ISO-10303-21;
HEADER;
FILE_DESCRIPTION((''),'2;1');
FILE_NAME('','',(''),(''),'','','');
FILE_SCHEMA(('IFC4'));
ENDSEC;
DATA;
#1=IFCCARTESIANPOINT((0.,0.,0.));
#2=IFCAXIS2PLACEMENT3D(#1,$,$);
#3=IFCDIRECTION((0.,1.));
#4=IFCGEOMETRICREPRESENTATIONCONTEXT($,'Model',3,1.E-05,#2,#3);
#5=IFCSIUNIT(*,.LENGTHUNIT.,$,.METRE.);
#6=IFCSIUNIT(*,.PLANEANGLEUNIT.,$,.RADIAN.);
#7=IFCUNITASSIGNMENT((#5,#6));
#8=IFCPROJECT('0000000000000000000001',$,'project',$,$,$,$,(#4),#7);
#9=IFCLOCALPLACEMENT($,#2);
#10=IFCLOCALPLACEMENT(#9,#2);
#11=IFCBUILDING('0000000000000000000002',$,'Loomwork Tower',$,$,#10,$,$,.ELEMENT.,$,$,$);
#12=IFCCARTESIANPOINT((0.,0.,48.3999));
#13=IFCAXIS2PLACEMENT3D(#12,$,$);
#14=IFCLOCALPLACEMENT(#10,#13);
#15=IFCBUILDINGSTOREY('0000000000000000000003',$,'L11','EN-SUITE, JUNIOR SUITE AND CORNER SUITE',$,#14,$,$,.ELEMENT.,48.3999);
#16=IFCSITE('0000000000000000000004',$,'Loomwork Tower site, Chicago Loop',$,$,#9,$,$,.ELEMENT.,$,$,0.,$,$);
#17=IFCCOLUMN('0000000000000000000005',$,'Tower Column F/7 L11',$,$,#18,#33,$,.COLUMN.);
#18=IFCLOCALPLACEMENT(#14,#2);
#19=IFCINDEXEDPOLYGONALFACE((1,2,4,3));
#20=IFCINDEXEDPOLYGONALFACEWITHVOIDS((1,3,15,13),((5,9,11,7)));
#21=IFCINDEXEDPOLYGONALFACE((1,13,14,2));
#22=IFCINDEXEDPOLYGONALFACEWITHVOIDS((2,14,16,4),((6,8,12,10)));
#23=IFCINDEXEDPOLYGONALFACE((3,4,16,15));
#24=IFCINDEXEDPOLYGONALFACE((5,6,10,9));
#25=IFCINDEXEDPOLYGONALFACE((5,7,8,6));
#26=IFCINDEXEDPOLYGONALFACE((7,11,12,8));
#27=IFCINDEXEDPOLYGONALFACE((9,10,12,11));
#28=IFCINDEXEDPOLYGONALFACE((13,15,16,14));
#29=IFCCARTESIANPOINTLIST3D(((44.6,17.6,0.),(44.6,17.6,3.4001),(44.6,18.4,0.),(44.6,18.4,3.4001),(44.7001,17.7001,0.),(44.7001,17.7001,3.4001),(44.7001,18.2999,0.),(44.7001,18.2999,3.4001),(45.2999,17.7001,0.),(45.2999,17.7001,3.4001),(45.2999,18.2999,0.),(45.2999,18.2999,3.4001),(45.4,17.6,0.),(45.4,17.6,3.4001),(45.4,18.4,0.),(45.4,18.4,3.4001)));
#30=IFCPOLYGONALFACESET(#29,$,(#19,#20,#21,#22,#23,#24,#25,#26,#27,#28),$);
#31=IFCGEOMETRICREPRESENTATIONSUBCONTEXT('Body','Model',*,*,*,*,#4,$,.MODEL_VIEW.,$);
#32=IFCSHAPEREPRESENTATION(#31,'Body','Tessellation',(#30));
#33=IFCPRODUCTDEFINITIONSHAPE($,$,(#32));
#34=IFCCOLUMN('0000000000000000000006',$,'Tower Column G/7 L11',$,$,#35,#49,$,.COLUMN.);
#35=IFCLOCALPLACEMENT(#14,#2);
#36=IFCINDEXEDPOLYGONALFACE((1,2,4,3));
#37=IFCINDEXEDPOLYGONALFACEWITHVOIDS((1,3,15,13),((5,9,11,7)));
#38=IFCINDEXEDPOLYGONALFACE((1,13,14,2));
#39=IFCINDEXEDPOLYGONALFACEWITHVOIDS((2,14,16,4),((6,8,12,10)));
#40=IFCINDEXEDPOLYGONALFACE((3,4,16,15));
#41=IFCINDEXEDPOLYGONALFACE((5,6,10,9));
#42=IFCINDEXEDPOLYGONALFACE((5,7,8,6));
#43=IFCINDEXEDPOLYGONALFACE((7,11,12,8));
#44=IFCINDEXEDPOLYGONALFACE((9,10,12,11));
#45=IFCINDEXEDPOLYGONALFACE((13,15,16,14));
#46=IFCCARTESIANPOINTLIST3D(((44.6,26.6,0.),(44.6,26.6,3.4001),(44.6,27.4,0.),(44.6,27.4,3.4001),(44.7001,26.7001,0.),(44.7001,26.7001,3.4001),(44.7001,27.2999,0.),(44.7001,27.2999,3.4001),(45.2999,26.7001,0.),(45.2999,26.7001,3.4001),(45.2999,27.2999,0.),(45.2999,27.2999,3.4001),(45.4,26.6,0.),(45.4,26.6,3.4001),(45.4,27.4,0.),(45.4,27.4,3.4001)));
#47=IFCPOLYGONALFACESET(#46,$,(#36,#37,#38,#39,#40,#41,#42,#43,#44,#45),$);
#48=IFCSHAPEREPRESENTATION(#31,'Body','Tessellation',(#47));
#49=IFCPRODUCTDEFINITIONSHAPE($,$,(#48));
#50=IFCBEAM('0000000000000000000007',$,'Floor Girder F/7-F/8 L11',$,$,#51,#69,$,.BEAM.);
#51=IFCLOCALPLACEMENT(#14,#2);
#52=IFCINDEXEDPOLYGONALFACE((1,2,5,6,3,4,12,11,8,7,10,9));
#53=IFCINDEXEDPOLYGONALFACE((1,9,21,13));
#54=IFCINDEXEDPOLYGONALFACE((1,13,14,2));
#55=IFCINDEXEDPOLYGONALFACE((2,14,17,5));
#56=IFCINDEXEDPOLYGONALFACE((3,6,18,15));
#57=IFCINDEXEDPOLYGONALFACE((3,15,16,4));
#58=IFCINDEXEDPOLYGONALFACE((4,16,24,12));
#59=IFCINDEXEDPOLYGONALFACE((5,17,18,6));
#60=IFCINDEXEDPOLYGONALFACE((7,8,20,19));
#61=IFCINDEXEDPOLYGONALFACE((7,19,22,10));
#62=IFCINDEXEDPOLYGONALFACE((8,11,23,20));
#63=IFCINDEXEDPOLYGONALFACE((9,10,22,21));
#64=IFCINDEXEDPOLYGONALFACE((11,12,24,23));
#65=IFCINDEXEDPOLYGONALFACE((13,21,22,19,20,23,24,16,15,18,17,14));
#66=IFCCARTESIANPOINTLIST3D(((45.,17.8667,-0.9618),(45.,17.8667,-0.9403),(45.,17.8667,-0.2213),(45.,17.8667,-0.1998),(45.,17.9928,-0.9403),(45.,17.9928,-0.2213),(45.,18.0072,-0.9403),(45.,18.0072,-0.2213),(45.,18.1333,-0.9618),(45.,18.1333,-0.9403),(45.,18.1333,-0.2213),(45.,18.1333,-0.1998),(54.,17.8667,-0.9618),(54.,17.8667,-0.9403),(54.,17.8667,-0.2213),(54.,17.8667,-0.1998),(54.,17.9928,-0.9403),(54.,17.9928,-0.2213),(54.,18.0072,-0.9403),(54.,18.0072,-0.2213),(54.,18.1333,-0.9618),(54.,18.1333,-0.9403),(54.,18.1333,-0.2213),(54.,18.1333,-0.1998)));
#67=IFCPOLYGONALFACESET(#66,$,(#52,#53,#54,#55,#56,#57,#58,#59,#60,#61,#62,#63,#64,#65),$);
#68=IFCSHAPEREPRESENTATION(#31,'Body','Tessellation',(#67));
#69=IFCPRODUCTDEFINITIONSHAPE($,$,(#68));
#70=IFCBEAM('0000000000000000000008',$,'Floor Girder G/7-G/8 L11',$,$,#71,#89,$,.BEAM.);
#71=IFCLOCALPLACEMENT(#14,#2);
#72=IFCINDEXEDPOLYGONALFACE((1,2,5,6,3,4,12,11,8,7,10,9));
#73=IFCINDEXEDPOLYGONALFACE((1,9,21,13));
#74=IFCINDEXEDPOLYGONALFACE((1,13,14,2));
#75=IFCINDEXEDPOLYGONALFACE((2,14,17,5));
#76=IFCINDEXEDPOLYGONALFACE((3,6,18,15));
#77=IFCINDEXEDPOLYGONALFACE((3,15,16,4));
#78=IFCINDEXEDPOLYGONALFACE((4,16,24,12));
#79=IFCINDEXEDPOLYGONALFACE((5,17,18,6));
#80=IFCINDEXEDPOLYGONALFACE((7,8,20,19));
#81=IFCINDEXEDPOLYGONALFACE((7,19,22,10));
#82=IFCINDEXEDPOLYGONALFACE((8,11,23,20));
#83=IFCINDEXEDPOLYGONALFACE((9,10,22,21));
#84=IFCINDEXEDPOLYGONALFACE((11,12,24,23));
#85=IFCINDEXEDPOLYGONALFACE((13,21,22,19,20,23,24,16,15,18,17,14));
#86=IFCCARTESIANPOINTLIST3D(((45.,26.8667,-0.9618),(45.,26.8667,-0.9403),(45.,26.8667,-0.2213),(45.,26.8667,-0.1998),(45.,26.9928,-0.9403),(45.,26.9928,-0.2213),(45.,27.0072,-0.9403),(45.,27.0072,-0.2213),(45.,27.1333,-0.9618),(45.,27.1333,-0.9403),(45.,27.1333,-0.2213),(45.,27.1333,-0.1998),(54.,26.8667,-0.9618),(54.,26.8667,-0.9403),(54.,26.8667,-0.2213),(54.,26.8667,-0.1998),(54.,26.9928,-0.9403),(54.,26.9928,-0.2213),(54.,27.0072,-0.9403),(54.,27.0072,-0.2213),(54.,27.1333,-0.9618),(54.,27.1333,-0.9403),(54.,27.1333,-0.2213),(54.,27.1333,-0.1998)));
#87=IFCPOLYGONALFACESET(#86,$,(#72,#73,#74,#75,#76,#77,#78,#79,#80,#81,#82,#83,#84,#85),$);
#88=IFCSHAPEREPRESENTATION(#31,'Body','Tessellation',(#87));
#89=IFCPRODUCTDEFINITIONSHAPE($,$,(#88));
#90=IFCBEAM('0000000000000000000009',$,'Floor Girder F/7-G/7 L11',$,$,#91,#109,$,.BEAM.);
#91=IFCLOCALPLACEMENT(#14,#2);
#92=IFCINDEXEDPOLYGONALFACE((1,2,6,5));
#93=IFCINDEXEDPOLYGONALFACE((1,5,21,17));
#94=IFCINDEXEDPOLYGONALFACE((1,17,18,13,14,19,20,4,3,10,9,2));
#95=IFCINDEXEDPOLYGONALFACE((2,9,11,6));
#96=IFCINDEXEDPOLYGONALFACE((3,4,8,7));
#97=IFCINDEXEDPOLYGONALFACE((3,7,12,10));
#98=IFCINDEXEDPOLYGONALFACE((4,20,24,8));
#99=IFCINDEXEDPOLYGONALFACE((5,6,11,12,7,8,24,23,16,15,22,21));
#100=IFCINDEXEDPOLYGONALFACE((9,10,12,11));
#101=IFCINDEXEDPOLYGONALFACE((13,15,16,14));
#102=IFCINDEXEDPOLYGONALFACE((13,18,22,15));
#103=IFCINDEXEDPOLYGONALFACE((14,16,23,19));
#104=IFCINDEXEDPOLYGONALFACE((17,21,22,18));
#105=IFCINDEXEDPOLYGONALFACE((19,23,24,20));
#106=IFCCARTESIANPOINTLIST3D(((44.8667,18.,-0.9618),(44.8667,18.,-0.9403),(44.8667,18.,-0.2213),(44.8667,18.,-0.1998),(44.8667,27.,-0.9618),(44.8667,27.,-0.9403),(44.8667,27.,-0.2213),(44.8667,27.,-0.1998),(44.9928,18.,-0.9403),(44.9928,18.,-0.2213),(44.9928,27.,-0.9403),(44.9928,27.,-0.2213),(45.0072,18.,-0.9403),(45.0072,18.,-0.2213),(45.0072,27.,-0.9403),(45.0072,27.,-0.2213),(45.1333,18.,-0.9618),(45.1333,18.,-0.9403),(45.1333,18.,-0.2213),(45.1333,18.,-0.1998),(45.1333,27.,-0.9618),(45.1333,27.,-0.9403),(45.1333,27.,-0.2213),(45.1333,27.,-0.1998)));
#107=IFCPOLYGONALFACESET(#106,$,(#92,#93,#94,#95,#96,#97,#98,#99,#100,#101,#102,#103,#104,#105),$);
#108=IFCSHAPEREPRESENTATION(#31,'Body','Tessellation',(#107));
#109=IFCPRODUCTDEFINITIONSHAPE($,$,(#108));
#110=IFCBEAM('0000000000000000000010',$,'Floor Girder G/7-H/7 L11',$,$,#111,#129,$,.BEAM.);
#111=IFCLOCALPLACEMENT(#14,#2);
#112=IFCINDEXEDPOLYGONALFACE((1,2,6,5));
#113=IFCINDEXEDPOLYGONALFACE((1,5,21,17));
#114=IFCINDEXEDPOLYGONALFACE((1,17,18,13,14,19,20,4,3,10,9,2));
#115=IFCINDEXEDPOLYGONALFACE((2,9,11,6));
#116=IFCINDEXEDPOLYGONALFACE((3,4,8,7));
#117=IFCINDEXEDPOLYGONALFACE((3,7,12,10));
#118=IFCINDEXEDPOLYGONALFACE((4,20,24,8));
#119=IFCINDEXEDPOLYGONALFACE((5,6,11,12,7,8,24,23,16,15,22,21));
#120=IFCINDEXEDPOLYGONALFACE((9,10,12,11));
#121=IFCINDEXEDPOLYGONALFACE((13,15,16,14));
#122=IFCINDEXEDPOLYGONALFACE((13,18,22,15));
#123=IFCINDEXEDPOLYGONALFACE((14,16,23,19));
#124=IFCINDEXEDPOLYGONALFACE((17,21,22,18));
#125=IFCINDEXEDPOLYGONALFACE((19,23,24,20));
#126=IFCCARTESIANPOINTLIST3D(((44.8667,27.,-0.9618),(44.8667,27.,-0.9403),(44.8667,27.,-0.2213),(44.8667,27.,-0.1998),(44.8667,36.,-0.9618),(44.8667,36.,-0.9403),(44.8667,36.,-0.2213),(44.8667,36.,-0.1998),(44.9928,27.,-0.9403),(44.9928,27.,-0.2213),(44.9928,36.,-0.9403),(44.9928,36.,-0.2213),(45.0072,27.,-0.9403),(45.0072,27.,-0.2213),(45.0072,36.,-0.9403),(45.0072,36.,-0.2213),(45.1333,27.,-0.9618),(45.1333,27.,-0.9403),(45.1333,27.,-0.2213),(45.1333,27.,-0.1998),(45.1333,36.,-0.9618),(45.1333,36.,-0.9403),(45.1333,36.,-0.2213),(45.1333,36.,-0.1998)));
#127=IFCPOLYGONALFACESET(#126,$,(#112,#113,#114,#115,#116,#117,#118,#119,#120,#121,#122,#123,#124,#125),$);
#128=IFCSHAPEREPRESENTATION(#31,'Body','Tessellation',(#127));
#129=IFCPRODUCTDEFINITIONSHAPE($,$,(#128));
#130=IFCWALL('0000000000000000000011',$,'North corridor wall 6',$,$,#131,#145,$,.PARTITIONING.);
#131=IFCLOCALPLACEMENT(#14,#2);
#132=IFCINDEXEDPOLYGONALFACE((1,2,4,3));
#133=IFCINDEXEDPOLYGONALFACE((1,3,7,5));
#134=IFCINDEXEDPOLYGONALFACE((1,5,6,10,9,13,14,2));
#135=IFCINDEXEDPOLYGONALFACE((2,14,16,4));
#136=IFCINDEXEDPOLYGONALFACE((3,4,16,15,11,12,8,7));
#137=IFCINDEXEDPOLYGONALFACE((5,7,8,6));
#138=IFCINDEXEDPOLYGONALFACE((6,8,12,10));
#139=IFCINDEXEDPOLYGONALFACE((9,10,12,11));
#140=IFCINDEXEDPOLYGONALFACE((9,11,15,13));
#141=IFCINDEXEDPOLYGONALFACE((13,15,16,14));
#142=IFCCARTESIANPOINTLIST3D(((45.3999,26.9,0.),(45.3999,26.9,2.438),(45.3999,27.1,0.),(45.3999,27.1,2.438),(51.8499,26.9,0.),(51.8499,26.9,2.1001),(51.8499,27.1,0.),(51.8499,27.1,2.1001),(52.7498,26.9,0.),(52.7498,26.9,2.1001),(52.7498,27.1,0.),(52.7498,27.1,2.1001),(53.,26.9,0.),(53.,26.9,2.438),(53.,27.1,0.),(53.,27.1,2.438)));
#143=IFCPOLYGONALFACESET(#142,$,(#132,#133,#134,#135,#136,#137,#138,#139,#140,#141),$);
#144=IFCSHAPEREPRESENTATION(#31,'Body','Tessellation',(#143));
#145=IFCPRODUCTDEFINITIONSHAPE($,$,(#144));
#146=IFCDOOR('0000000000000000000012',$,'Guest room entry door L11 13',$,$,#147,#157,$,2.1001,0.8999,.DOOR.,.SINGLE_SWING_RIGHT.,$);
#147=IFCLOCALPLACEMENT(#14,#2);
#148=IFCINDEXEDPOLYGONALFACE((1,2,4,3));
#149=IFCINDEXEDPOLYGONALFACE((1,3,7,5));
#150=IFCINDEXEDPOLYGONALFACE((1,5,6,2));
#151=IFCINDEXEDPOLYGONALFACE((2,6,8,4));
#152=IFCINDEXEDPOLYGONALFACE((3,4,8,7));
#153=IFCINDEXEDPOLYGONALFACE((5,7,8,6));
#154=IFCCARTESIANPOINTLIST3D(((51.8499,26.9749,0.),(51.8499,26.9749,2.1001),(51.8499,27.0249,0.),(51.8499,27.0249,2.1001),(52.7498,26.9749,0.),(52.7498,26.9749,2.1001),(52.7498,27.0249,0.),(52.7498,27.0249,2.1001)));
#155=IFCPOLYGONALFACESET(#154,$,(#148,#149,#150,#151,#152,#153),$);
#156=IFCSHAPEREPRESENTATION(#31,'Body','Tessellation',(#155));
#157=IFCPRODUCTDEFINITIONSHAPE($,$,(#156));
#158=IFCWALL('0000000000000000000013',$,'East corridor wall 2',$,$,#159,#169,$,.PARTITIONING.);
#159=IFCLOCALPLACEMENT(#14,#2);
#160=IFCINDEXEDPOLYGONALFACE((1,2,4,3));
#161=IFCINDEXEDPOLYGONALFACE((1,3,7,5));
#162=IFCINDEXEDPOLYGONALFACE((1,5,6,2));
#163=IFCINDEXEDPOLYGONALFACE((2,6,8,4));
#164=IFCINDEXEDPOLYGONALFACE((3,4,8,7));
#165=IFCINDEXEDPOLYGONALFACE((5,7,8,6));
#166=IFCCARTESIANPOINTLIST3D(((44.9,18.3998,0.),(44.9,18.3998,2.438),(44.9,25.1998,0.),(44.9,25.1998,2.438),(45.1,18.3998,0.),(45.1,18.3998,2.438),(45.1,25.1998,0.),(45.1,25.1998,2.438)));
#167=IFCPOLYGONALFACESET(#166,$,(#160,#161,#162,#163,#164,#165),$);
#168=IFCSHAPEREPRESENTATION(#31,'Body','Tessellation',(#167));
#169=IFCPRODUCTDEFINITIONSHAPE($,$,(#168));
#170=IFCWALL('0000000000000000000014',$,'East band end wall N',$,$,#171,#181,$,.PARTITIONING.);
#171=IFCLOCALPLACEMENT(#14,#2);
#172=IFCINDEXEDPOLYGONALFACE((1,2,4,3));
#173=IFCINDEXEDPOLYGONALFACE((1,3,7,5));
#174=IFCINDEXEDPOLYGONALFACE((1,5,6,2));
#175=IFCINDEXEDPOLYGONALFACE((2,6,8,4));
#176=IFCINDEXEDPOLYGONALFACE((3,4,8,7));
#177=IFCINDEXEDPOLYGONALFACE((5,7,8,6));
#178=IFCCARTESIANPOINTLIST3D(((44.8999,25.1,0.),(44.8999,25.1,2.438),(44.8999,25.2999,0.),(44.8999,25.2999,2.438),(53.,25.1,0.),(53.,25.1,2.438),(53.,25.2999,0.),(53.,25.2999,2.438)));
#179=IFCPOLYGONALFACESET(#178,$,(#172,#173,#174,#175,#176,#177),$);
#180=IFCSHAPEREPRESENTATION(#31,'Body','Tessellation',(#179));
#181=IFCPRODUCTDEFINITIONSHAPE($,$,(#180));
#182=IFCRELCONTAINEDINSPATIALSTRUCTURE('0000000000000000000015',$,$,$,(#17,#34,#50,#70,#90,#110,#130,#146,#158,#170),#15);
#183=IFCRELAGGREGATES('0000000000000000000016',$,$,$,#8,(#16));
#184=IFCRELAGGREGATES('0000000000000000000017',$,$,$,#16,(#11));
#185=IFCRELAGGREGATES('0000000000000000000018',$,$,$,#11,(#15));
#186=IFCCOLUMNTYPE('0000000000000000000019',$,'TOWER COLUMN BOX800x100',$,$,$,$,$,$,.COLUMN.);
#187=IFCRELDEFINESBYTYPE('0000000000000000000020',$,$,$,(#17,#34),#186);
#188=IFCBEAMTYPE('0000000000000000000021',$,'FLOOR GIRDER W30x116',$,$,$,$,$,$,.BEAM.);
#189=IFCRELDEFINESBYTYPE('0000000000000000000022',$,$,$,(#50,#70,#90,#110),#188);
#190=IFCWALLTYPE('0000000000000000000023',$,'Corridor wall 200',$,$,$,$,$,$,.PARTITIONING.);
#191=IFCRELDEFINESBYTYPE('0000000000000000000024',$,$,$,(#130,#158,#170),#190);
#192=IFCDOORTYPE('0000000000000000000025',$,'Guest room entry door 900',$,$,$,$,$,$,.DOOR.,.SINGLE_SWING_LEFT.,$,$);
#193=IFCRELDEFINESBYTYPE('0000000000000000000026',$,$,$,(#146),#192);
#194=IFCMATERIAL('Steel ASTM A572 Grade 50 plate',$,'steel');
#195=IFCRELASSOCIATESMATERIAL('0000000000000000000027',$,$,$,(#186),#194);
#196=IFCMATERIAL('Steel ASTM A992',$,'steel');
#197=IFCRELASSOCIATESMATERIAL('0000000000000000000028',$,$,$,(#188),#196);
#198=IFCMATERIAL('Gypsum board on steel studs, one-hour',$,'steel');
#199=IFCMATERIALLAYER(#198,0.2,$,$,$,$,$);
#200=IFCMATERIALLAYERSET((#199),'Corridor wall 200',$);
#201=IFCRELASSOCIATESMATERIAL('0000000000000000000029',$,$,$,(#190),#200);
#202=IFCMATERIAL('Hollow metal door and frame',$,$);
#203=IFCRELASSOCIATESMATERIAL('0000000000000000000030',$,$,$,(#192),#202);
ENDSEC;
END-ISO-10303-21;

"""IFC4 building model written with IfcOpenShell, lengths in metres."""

from ifc_helpers import new_model, si_unit, direction, frame, frame_2d, origin, origin_2d, place, context, subcontext, project, spatial, rectangle, hollow_rectangle, i_section, extrude, material, layer, layer_set, material_profile, profile_set, type_object, element, fill, save


model = new_model("IFC4")

# Units and contexts
model_context = context("Model", 3, precision=1e-05, world=origin(), true_north=direction((0.0, 1.0)))
body_context = subcontext(model_context, "Body", "Model", "MODEL_VIEW")
ifc_project = project(units=[si_unit("LENGTHUNIT", "METRE"), si_unit("PLANEANGLEUNIT", "RADIAN")], contexts=[model_context])

# Site, building, storey
site_placement = place(None, origin())
site = spatial("IfcSite", under=ifc_project, at=site_placement, Name="Loomwork Tower site, Chicago Loop", CompositionType="ELEMENT", RefElevation=0.0)
building_placement = place(site_placement, origin())
building = spatial("IfcBuilding", under=site, at=building_placement, Name="Loomwork Tower", CompositionType="ELEMENT")
storey_placement = place(building_placement, frame((0.0, 0.0, 48.3999)))
storey = spatial("IfcBuildingStorey", under=building, at=storey_placement, Name="L11", Description="EN-SUITE, JUNIOR SUITE AND CORNER SUITE", CompositionType="ELEMENT", Elevation=48.3999)

# Columns
ifc_material_1 = material(Name="Steel ASTM A572 Grade 50 plate", Category="steel")
ifc_material_profile_1 = material_profile(ifc_material_1, hollow_rectangle(XDim=0.8, YDim=0.8, WallThickness=0.1001, at=origin_2d()), Name="BOX800x100")
ifc_profile_set_1 = profile_set([ifc_material_profile_1], Name="Steel ASTM A572 Grade 50 plate")
column_type = type_object("IfcColumnType", Name="TOWER COLUMN BOX800x100", PredefinedType="COLUMN", material=ifc_profile_set_1)
for number, where, z_axis, x_axis, name in (
    (1, (45.0, 18.0, 0.0), (0.0, 0.0, 1.0), (0.0, 1.0, 0.0), "Tower Column F/7 L11"),
    (2, (45.0, 27.0, 0.0), (0.0, 0.0, 1.0), (0.0, 1.0, 0.0), "Tower Column G/7 L11"),
):
    element("IfcColumn", number, at=place(storey_placement, frame(where, z_axis=z_axis, x_axis=x_axis)), inside=storey, type_object=column_type, Name=name, PredefinedType="COLUMN", context=body_context, shape_type="SweptSolid", body=[
        extrude(hollow_rectangle(XDim=0.8, YDim=0.8, WallThickness=0.1001, at=origin_2d()), origin(), (0.0, 0.0, 1.0), 3.4001),
    ])

# Beams
ifc_material_2 = material(Name="Steel ASTM A992", Category="steel")
ifc_material_profile_2 = material_profile(ifc_material_2, i_section(OverallWidth=0.2666, OverallDepth=0.762, WebThickness=0.0144, FlangeThickness=0.0215, at=origin_2d()), Name="W30x116")
ifc_profile_set_2 = profile_set([ifc_material_profile_2], Name="Steel ASTM A992")
beam_type = type_object("IfcBeamType", Name="FLOOR GIRDER W30x116", PredefinedType="BEAM", material=ifc_profile_set_2)
for number, where, z_axis, x_axis, name in (
    (3, (45.0, 18.0, -0.5808), (1.0, 0.0, 0.0), (0.0, 1.0, 0.0), "Floor Girder F/7-F/8 L11"),
    (4, (45.0, 27.0, -0.5808), (1.0, 0.0, 0.0), (0.0, 1.0, 0.0), "Floor Girder G/7-G/8 L11"),
    (5, (45.0, 18.0, -0.5808), (0.0, 1.0, 0.0), (-1.0, 0.0, 0.0), "Floor Girder F/7-G/7 L11"),
    (6, (45.0, 27.0, -0.5808), (0.0, 1.0, 0.0), (-1.0, 0.0, 0.0), "Floor Girder G/7-H/7 L11"),
):
    element("IfcBeam", number, at=place(storey_placement, frame(where, z_axis=z_axis, x_axis=x_axis)), inside=storey, type_object=beam_type, Name=name, PredefinedType="BEAM", context=body_context, shape_type="SweptSolid", body=[
        extrude(i_section(OverallWidth=0.2666, OverallDepth=0.762, WebThickness=0.0144, FlangeThickness=0.0215, at=origin_2d()), origin(), (0.0, 0.0, 1.0), 9.0),
    ])

# Wall, opening, door
ifc_material_3 = material(Name="Gypsum board on steel studs, one-hour", Category="steel")
ifc_layer_1 = layer(ifc_material_3, 0.2)
ifc_layer_set_1 = layer_set([ifc_layer_1], Name="Corridor wall 200")
wall_type_1 = type_object("IfcWallType", Name="Corridor wall 200", PredefinedType="PARTITIONING", material=ifc_layer_set_1)
wall_1_placement = place(storey_placement, frame((45.3999, 27.0, 0.0), z_axis=(0.0, 0.0, 1.0), x_axis=(1.0, 0.0, 0.0)))
wall_1 = element("IfcWall", 7, at=wall_1_placement, inside=storey, type_object=wall_type_1, Name="North corridor wall 6", PredefinedType="PARTITIONING", context=body_context, shape_type="SweptSolid", body=[
    extrude(rectangle(XDim=7.6001, YDim=0.2, at=frame_2d((3.8, 0.0))), origin(), (0.0, 0.0, 1.0), 2.438),
])
opening_1_placement = place(wall_1_placement, frame((6.45, 0.0, 0.0)))
opening_1 = element("IfcOpeningElement", 8, at=opening_1_placement, cuts=wall_1, PredefinedType="OPENING", context=body_context, shape_type="SweptSolid", body=[
    extrude(rectangle(XDim=0.8999, YDim=2.1001, at=frame_2d((0.45, 1.05))), frame((0.0, 0.1099, 0.0), z_axis=(0.0, -1.0, 0.0), x_axis=(1.0, 0.0, 0.0)), (0.0, 0.0, 1.0), 0.22),
])
ifc_material_4 = material(Name="Hollow metal door and frame")
door_type_1 = type_object("IfcDoorType", Name="Guest room entry door 900", OperationType="SINGLE_SWING_LEFT", PredefinedType="DOOR", material=ifc_material_4)
door_1_placement = place(opening_1_placement, origin())
door_1 = element("IfcDoor", 9, at=door_1_placement, inside=storey, type_object=door_type_1, Name="Guest room entry door L11 13", OperationType="SINGLE_SWING_RIGHT", OverallHeight=2.1001, OverallWidth=0.8999, PredefinedType="DOOR", context=body_context, shape_type="SweptSolid", body=[
    extrude(rectangle(XDim=0.8999, YDim=2.1001, at=frame_2d((0.45, 1.05))), frame((0.0, 0.0249, 0.0), z_axis=(0.0, -1.0, 0.0), x_axis=(1.0, 0.0, 0.0)), (0.0, 0.0, 1.0), 0.05),
])
fill(opening_1, door_1)

# Walls
wall_2_placement = place(storey_placement, frame((45.0, 18.3999, 0.0), z_axis=(0.0, 0.0, 1.0), x_axis=(0.0, 1.0, 0.0)))
element("IfcWall", 10, at=wall_2_placement, inside=storey, type_object=wall_type_1, Name="East corridor wall 2", PredefinedType="PARTITIONING", context=body_context, shape_type="SweptSolid", body=[
    extrude(rectangle(XDim=6.8, YDim=0.2, at=frame_2d((3.3999, 0.0))), origin(), (0.0, 0.0, 1.0), 2.438),
])
wall_3_placement = place(storey_placement, frame((44.8999, 25.2, 0.0), z_axis=(0.0, 0.0, 1.0), x_axis=(1.0, 0.0, 0.0)))
element("IfcWall", 11, at=wall_3_placement, inside=storey, type_object=wall_type_1, Name="East band end wall N", PredefinedType="PARTITIONING", context=body_context, shape_type="SweptSolid", body=[
    extrude(rectangle(XDim=8.1001, YDim=0.2, at=frame_2d((4.05, 0.0))), origin(), (0.0, 0.0, 1.0), 2.438),
])

save(model, "model.ifc")
